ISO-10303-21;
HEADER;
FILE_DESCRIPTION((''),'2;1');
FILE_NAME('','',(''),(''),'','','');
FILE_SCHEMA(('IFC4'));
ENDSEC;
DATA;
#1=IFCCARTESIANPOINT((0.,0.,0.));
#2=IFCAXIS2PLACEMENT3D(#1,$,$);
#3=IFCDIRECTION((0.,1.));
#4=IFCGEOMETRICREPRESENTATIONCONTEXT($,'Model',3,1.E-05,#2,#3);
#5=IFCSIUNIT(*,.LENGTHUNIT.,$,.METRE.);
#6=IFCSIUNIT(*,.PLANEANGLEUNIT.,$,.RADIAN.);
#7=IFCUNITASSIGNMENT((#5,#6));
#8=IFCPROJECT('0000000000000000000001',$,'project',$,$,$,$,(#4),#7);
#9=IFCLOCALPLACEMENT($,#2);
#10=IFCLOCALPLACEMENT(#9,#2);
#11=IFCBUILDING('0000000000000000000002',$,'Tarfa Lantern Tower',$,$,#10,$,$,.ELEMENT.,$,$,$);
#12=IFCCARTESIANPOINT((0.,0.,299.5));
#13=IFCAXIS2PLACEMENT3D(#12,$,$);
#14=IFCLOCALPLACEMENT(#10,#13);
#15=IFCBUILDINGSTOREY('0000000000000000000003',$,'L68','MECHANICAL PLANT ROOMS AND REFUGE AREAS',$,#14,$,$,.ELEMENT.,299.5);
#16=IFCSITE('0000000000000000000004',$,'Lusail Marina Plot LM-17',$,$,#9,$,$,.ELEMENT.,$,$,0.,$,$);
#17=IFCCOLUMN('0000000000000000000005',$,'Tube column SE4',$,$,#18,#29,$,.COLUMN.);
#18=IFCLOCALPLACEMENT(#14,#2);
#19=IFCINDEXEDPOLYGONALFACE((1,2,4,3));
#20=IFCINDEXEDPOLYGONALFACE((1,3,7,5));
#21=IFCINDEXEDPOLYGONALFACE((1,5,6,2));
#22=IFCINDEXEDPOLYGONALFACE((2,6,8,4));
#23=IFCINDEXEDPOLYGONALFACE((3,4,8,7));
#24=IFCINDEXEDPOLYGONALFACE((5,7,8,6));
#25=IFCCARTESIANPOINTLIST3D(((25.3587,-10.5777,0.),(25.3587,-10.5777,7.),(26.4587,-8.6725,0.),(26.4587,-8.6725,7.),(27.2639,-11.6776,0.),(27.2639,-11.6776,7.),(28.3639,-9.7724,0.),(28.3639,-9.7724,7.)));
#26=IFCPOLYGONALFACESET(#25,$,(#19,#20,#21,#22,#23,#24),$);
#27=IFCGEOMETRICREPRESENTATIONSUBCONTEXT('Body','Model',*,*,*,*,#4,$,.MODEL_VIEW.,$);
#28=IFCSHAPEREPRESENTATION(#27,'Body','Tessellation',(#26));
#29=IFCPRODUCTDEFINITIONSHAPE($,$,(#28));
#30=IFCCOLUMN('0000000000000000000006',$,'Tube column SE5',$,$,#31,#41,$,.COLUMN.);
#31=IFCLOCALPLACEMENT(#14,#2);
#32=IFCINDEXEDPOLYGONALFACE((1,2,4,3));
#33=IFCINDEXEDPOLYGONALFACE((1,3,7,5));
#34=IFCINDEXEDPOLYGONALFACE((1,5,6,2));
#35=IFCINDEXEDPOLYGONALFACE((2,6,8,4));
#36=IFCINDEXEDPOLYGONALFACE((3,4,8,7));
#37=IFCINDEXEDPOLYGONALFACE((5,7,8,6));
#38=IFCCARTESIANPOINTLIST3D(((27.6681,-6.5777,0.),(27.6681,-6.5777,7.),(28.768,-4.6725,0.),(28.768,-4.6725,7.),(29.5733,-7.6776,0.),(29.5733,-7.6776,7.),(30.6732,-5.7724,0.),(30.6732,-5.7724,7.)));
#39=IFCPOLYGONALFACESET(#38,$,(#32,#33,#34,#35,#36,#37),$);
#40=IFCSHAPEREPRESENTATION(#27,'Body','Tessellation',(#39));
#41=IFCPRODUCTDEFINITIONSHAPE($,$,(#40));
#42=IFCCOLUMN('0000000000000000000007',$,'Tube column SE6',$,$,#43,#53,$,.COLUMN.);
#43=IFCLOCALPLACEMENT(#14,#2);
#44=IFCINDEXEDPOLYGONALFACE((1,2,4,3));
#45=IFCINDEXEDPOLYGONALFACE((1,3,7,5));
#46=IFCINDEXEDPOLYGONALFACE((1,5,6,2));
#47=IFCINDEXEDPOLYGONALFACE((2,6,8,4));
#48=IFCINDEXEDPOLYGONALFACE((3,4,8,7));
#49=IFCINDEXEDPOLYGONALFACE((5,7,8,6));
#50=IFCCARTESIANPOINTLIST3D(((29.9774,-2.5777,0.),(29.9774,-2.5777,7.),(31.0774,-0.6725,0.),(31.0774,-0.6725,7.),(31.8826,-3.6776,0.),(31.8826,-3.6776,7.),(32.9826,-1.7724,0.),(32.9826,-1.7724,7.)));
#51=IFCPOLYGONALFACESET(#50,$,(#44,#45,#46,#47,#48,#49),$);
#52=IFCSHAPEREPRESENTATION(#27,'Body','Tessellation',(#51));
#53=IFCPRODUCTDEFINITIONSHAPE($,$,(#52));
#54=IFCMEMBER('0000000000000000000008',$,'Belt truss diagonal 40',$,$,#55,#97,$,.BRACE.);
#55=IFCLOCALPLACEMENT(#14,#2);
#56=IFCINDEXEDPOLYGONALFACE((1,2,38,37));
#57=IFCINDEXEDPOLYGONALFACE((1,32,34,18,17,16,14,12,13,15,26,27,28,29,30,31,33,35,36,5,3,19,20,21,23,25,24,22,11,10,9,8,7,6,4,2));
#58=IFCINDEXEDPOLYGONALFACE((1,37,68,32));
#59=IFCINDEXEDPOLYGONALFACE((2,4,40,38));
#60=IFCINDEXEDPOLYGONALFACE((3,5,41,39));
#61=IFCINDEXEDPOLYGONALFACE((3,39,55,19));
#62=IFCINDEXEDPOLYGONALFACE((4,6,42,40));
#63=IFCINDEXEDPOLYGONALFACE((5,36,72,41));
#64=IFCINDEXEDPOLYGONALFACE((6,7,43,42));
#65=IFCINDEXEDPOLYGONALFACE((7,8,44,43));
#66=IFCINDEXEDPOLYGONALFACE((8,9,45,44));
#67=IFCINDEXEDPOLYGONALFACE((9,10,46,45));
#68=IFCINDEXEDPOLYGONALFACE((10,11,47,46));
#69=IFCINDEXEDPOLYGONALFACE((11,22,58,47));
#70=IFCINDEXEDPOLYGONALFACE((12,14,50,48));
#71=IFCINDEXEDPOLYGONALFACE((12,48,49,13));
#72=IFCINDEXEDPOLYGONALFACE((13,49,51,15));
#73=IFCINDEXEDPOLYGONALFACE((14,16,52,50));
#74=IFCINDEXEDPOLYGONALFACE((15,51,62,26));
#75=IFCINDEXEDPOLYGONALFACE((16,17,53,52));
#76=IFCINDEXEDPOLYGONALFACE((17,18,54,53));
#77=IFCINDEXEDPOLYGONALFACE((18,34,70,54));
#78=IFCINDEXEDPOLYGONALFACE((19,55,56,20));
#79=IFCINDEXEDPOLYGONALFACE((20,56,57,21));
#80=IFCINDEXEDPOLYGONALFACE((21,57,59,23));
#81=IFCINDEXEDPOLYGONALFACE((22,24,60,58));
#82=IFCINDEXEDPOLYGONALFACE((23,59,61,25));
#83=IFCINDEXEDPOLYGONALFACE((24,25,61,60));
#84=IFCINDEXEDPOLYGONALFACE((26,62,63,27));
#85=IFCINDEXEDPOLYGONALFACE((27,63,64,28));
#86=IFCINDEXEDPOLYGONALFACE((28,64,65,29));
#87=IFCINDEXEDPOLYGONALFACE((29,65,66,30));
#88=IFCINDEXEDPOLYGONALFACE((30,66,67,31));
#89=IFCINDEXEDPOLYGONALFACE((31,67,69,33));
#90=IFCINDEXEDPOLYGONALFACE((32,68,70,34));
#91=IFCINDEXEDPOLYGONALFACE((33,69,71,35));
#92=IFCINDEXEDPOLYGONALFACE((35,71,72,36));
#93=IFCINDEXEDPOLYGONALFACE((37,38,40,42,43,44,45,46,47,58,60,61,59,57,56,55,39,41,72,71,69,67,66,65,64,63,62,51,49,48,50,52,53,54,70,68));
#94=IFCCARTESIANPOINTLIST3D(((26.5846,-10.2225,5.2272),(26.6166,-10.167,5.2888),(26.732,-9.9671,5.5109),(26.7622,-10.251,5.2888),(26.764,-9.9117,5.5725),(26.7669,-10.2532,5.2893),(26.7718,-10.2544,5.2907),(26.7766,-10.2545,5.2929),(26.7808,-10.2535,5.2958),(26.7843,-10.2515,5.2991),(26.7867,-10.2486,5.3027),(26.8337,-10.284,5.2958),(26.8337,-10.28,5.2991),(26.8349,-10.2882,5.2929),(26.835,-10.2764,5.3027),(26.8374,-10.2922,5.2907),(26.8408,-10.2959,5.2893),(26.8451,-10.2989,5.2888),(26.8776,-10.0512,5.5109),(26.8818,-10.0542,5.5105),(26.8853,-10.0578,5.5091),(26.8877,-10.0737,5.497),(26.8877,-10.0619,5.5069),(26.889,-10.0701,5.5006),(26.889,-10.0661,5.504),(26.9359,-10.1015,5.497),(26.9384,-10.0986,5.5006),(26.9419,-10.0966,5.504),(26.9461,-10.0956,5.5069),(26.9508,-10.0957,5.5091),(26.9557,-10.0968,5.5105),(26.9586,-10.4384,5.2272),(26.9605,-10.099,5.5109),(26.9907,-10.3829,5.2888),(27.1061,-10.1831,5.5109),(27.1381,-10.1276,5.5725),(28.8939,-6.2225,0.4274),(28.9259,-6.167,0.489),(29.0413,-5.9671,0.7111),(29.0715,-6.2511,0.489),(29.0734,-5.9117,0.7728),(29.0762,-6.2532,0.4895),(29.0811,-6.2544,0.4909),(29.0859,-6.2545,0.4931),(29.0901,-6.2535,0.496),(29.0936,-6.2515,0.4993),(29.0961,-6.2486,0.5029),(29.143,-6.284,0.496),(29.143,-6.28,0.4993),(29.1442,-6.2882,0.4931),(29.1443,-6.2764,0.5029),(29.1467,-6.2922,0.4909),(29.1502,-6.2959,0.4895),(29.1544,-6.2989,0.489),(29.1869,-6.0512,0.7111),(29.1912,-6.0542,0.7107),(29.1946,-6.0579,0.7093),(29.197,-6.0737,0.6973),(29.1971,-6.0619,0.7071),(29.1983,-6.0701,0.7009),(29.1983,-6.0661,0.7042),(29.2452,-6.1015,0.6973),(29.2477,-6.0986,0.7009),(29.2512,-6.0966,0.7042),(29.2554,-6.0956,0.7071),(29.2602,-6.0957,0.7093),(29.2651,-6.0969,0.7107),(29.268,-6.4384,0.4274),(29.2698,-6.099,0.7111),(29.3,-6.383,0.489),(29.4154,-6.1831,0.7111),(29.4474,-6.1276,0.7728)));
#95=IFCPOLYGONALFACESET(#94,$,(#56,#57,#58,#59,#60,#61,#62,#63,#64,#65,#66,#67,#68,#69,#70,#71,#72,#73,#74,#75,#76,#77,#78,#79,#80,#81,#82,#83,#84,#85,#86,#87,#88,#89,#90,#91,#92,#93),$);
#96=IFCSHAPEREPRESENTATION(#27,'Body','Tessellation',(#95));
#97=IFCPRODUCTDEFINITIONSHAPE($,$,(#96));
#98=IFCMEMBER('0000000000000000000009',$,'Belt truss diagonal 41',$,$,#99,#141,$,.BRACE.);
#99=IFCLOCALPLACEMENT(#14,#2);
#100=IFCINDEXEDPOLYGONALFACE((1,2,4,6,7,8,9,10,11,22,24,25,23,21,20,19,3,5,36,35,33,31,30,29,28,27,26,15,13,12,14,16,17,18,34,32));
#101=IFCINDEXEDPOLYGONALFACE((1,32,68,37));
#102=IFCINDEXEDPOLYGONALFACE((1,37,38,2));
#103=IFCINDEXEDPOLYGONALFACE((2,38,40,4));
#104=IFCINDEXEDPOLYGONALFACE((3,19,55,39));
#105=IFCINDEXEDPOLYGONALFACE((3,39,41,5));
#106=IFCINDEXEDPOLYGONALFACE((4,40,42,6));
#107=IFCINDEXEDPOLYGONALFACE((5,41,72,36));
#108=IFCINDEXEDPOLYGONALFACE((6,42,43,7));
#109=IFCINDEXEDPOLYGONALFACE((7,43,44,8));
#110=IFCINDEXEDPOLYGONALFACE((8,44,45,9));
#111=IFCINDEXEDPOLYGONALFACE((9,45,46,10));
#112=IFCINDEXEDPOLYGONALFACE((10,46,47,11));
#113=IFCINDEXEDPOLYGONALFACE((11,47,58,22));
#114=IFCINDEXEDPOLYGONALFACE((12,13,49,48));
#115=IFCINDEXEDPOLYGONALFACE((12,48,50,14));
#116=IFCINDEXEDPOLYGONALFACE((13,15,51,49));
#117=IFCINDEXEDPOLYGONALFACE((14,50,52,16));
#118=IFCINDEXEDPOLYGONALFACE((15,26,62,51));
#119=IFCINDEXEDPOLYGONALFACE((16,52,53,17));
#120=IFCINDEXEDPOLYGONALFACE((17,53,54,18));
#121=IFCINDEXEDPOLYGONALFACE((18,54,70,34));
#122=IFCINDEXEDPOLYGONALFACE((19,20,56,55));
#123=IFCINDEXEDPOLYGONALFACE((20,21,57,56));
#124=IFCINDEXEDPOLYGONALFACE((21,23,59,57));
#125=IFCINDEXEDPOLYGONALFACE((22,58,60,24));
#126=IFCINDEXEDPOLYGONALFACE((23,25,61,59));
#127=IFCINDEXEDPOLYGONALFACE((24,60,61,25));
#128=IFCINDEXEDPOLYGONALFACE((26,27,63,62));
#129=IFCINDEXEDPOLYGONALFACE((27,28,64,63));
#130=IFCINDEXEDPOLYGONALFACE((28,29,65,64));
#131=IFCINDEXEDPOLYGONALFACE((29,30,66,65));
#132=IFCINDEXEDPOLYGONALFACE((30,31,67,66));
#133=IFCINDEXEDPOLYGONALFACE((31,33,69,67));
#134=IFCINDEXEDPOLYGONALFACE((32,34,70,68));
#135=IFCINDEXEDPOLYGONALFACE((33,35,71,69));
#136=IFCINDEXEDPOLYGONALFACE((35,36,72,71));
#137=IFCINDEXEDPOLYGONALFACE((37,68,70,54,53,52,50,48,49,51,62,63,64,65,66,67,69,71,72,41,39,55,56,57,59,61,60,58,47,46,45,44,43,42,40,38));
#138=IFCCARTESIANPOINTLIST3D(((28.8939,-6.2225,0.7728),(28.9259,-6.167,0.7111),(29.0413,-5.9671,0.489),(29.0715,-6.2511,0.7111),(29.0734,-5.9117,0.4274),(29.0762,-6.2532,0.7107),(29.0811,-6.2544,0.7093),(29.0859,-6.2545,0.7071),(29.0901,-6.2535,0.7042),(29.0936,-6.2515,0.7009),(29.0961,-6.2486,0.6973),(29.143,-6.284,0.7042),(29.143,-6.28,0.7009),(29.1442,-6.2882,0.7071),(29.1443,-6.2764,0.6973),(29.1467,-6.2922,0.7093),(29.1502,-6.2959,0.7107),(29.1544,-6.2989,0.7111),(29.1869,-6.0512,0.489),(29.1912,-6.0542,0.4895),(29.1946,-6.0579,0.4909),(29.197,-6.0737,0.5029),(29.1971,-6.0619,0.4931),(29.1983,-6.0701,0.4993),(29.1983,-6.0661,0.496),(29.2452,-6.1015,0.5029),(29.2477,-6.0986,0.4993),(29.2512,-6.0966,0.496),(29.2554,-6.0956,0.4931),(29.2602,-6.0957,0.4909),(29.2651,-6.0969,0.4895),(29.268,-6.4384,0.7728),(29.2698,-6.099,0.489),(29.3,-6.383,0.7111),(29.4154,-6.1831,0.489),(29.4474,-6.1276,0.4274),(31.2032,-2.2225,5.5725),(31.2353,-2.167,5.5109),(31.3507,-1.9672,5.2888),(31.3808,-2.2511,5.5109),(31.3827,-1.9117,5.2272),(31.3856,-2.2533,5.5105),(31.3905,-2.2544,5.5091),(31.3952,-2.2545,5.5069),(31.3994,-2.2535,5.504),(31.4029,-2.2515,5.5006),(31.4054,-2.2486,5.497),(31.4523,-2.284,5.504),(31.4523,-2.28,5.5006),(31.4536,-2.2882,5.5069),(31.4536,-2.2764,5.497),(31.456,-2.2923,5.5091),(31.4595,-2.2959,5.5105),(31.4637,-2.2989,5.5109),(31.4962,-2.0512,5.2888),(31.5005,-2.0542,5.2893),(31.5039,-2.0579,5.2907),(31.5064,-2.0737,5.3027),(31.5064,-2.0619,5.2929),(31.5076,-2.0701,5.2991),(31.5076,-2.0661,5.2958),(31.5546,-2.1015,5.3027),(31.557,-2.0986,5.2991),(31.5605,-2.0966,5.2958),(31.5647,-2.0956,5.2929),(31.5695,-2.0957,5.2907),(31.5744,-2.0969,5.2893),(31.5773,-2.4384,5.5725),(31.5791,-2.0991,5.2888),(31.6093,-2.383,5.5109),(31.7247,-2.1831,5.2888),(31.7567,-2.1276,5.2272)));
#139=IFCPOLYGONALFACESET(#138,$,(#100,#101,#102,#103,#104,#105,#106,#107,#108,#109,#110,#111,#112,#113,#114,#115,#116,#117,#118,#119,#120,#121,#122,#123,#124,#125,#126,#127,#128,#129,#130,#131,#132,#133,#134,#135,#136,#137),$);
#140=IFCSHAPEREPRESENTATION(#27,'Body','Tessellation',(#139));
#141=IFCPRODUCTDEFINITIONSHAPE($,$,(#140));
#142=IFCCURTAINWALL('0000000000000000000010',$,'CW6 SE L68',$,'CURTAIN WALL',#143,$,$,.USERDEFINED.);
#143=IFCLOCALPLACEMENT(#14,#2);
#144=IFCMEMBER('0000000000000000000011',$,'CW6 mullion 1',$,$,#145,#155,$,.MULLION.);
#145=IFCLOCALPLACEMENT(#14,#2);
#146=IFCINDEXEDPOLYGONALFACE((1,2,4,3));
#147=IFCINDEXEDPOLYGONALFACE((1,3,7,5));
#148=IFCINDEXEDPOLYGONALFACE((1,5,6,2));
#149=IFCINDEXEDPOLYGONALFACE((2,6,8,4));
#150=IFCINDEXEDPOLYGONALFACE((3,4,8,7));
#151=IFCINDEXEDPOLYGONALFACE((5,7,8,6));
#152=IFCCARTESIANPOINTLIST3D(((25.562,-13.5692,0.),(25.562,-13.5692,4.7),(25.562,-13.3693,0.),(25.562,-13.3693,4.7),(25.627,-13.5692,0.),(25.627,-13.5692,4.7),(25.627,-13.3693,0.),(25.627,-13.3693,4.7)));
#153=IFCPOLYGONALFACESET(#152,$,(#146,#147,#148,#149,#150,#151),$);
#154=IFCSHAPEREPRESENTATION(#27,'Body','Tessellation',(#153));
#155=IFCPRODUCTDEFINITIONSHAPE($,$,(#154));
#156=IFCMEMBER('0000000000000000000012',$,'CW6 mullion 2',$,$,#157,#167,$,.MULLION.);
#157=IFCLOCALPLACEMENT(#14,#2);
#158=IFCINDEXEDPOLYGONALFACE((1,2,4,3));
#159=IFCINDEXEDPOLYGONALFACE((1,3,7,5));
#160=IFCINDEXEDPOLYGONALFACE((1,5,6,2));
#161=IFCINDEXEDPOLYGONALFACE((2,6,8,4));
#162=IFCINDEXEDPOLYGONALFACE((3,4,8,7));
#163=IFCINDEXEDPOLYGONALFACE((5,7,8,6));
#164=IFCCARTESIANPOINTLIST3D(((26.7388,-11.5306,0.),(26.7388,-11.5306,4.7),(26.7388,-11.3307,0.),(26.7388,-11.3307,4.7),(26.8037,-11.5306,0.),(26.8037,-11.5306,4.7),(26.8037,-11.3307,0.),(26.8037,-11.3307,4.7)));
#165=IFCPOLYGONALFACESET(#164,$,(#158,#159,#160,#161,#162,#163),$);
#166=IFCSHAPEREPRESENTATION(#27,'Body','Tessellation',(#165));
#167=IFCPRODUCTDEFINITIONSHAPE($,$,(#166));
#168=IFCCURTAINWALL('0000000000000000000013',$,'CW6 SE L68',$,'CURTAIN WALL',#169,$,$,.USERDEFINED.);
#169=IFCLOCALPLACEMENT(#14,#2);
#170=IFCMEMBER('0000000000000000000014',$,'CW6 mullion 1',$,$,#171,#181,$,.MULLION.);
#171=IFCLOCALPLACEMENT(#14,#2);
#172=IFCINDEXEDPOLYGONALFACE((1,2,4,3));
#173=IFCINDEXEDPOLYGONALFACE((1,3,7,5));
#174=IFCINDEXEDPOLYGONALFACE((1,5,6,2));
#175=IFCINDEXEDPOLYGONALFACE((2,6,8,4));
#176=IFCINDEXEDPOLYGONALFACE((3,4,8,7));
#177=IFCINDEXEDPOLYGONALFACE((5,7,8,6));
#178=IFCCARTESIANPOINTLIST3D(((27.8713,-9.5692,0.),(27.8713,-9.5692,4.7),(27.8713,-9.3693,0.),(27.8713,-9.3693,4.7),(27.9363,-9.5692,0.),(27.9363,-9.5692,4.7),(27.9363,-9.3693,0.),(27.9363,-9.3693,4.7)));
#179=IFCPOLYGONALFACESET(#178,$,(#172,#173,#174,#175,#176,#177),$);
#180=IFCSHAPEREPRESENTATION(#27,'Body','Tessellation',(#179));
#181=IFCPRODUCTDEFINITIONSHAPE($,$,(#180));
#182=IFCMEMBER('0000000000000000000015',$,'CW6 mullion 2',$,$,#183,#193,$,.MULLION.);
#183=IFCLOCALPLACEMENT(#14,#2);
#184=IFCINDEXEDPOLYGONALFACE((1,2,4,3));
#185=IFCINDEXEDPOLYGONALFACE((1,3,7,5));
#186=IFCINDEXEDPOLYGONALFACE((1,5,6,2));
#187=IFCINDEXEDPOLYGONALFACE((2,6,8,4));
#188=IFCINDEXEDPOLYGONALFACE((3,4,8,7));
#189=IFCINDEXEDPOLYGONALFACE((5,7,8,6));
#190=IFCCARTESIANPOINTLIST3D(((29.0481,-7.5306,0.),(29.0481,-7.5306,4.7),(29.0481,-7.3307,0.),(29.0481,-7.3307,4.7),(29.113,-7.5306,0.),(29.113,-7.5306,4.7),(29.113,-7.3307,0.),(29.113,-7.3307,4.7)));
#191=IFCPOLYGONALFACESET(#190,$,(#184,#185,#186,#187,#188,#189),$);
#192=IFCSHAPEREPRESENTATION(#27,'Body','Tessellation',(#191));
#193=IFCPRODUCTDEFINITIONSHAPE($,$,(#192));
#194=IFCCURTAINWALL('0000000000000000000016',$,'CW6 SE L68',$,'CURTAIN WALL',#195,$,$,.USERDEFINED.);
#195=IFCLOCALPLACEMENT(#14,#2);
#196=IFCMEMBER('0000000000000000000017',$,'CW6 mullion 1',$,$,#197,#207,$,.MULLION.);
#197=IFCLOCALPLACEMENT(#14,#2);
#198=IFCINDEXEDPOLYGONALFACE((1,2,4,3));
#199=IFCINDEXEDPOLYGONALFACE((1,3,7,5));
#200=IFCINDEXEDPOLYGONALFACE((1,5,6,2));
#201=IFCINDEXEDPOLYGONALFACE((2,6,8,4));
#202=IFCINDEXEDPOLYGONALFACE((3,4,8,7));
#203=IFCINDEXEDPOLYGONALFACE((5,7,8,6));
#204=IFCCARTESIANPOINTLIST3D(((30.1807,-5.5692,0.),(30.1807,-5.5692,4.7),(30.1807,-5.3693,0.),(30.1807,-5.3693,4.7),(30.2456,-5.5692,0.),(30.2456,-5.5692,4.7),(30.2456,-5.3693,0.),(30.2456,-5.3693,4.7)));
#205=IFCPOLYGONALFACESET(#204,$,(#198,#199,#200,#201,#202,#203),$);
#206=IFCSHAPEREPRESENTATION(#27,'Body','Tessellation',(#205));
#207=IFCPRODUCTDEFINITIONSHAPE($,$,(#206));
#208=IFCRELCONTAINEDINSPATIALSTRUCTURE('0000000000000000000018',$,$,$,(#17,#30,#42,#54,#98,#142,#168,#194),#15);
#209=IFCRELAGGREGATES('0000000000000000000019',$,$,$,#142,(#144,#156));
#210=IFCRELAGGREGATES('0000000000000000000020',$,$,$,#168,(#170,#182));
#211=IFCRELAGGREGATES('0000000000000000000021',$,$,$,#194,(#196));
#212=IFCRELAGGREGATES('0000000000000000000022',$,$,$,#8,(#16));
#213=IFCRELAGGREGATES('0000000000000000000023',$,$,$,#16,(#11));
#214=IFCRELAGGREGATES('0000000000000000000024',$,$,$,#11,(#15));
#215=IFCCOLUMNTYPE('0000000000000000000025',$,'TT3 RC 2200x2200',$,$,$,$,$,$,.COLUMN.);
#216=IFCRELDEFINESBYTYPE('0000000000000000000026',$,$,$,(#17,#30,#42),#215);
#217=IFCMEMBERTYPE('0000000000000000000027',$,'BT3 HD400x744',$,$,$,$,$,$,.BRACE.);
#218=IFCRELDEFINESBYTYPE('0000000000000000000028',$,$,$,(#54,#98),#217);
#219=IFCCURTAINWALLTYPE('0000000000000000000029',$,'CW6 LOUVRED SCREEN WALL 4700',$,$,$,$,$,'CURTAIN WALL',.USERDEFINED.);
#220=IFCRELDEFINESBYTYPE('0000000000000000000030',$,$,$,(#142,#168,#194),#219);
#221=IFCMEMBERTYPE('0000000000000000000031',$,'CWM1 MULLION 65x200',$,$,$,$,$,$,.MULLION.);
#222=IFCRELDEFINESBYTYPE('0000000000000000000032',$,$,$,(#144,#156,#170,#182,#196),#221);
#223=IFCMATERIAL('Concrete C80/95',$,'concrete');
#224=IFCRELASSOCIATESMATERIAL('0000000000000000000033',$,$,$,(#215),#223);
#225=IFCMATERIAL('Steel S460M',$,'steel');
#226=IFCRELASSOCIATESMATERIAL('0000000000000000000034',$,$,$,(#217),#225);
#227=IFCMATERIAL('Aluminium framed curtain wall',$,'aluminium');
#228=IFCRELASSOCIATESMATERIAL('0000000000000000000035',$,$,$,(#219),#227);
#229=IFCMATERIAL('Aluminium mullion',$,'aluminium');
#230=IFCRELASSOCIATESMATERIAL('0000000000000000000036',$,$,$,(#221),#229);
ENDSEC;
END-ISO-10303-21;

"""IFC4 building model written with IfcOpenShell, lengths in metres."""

from ifc_helpers import new_model, si_unit, direction, frame, origin, origin_2d, place, context, subcontext, project, spatial, rectangle, i_section, extrude, material, material_profile, profile_set, type_object, element, aggregate, save


model = new_model("IFC4")

# Units and contexts
model_context = context("Model", 3, precision=1e-05, world=origin(), true_north=direction((0.0, 1.0)))
body_context = subcontext(model_context, "Body", "Model", "MODEL_VIEW")
ifc_project = project(units=[si_unit("LENGTHUNIT", "METRE"), si_unit("PLANEANGLEUNIT", "RADIAN")], contexts=[model_context])

# Site, building, storey
site_placement = place(None, origin())
site = spatial("IfcSite", under=ifc_project, at=site_placement, Name="Lusail Marina Plot LM-17", CompositionType="ELEMENT", RefElevation=0.0)
building_placement = place(site_placement, origin())
building = spatial("IfcBuilding", under=site, at=building_placement, Name="Tarfa Lantern Tower", CompositionType="ELEMENT")
storey_placement = place(building_placement, frame((0.0, 0.0, 299.5)))
storey = spatial("IfcBuildingStorey", under=building, at=storey_placement, Name="L68", Description="MECHANICAL PLANT ROOMS AND REFUGE AREAS", CompositionType="ELEMENT", Elevation=299.5)

# Columns
ifc_material_1 = material(Name="Concrete C80/95", Category="concrete")
ifc_material_profile_1 = material_profile(ifc_material_1, rectangle(XDim=2.2, YDim=2.2, at=origin_2d()), Name="RC 2200x2200")
ifc_profile_set_1 = profile_set([ifc_material_profile_1], Name="Concrete C80/95")
column_type = type_object("IfcColumnType", Name="TT3 RC 2200x2200", PredefinedType="COLUMN", material=ifc_profile_set_1)
for number, where, z_axis, x_axis, name in (
    (1, (26.8613, -10.175, 0.0), (0.0, 0.0, 1.0), (0.5, 0.866025, 0.0), "Tube column SE4"),
    (2, (29.1707, -6.175, 0.0), (0.0, 0.0, 1.0), (0.5, 0.866025, 0.0), "Tube column SE5"),
    (3, (31.48, -2.175, 0.0), (0.0, 0.0, 1.0), (0.5, 0.866025, 0.0), "Tube column SE6"),
):
    element("IfcColumn", number, at=place(storey_placement, frame(where, z_axis=z_axis, x_axis=x_axis)), inside=storey, type_object=column_type, Name=name, PredefinedType="COLUMN", context=body_context, shape_type="SweptSolid", body=[
        extrude(rectangle(XDim=2.2, YDim=2.2, at=origin_2d()), origin(), (0.0, 0.0, 1.0), 7.0),
    ])

# Members
ifc_material_2 = material(Name="Steel S460M", Category="steel")
ifc_material_profile_2 = material_profile(ifc_material_2, i_section(OverallWidth=0.4319, OverallDepth=0.498, WebThickness=0.0557, FlangeThickness=0.0889, FilletRadius=0.02, at=origin_2d()), Name="HD400x744")
ifc_profile_set_2 = profile_set([ifc_material_profile_2], Name="Steel S460M")
member_type_1 = type_object("IfcMemberType", Name="BT3 HD400x744", PredefinedType="BRACE", material=ifc_profile_set_2)
for number, where, z_axis, x_axis, name in (
    (4, (29.1707, -6.175, 0.6001), (-0.346685, -0.600496, 0.720565), (0.866032, -0.499988, 0.0), "Belt truss diagonal 40"),
    (5, (29.1707, -6.175, 0.6001), (0.346685, 0.600496, 0.720565), (-0.866032, 0.499988, 0.0), "Belt truss diagonal 41"),
):
    element("IfcMember", number, at=place(storey_placement, frame(where, z_axis=z_axis, x_axis=x_axis)), inside=storey, type_object=member_type_1, Name=name, PredefinedType="BRACE", context=body_context, shape_type="SweptSolid", body=[
        extrude(i_section(OverallWidth=0.4319, OverallDepth=0.498, WebThickness=0.0557, FlangeThickness=0.0889, FilletRadius=0.02, at=origin_2d()), origin(), (0.0, 0.0, 1.0), 6.6611),
    ])

# Curtain walls, members
ifc_material_3 = material(Name="Aluminium framed curtain wall", Category="aluminium")
curtain_wall_type = type_object("IfcCurtainWallType", Name="CW6 LOUVRED SCREEN WALL 4700", ElementType="CURTAIN WALL", PredefinedType="USERDEFINED", material=ifc_material_3)
curtain_wall_1_placement = place(storey_placement, origin())
curtain_wall_1 = element("IfcCurtainWall", 6, at=curtain_wall_1_placement, inside=storey, type_object=curtain_wall_type, Name="CW6 SE L68", ObjectType="CURTAIN WALL", PredefinedType="USERDEFINED")
ifc_material_4 = material(Name="Aluminium mullion", Category="aluminium")
ifc_material_profile_3 = material_profile(ifc_material_4, rectangle(XDim=0.0649, YDim=0.2, at=origin_2d()), Name="AL MULLION 65x200")
ifc_profile_set_3 = profile_set([ifc_material_profile_3], Name="Aluminium mullion")
member_type_2 = type_object("IfcMemberType", Name="CWM1 MULLION 65x200", PredefinedType="MULLION", material=ifc_profile_set_3)
member_1_placement = place(storey_placement, frame((25.5945, -13.4692, 0.0), z_axis=(0.0, 0.0, 1.0), x_axis=(1.0, 0.0, 0.0)))
member_1 = element("IfcMember", 7, at=member_1_placement, type_object=member_type_2, Name="CW6 mullion 1", PredefinedType="MULLION", context=body_context, shape_type="SweptSolid", body=[
    extrude(rectangle(XDim=0.0649, YDim=0.2, at=origin_2d()), origin(), (0.0, 0.0, 1.0), 4.7),
])
member_2_placement = place(storey_placement, frame((26.7712, -11.4307, 0.0), z_axis=(0.0, 0.0, 1.0), x_axis=(1.0, 0.0, 0.0)))
member_2 = element("IfcMember", 8, at=member_2_placement, type_object=member_type_2, Name="CW6 mullion 2", PredefinedType="MULLION", context=body_context, shape_type="SweptSolid", body=[
    extrude(rectangle(XDim=0.0649, YDim=0.2, at=origin_2d()), origin(), (0.0, 0.0, 1.0), 4.7),
])
curtain_wall_2_placement = place(storey_placement, origin())
curtain_wall_2 = element("IfcCurtainWall", 9, at=curtain_wall_2_placement, inside=storey, type_object=curtain_wall_type, Name="CW6 SE L68", ObjectType="CURTAIN WALL", PredefinedType="USERDEFINED")
member_3_placement = place(storey_placement, frame((27.9038, -9.4692, 0.0), z_axis=(0.0, 0.0, 1.0), x_axis=(1.0, 0.0, 0.0)))
member_3 = element("IfcMember", 10, at=member_3_placement, type_object=member_type_2, Name="CW6 mullion 1", PredefinedType="MULLION", context=body_context, shape_type="SweptSolid", body=[
    extrude(rectangle(XDim=0.0649, YDim=0.2, at=origin_2d()), origin(), (0.0, 0.0, 1.0), 4.7),
])
member_4_placement = place(storey_placement, frame((29.0806, -7.4307, 0.0), z_axis=(0.0, 0.0, 1.0), x_axis=(1.0, 0.0, 0.0)))
member_4 = element("IfcMember", 11, at=member_4_placement, type_object=member_type_2, Name="CW6 mullion 2", PredefinedType="MULLION", context=body_context, shape_type="SweptSolid", body=[
    extrude(rectangle(XDim=0.0649, YDim=0.2, at=origin_2d()), origin(), (0.0, 0.0, 1.0), 4.7),
])
curtain_wall_3_placement = place(storey_placement, origin())
curtain_wall_3 = element("IfcCurtainWall", 12, at=curtain_wall_3_placement, inside=storey, type_object=curtain_wall_type, Name="CW6 SE L68", ObjectType="CURTAIN WALL", PredefinedType="USERDEFINED")
member_5_placement = place(storey_placement, frame((30.2131, -5.4692, 0.0), z_axis=(0.0, 0.0, 1.0), x_axis=(1.0, 0.0, 0.0)))
member_5 = element("IfcMember", 13, at=member_5_placement, type_object=member_type_2, Name="CW6 mullion 1", PredefinedType="MULLION", context=body_context, shape_type="SweptSolid", body=[
    extrude(rectangle(XDim=0.0649, YDim=0.2, at=origin_2d()), origin(), (0.0, 0.0, 1.0), 4.7),
])

aggregate(curtain_wall_1, [member_1, member_2])
aggregate(curtain_wall_2, [member_3, member_4])
aggregate(curtain_wall_3, [member_5])

save(model, "model.ifc")
